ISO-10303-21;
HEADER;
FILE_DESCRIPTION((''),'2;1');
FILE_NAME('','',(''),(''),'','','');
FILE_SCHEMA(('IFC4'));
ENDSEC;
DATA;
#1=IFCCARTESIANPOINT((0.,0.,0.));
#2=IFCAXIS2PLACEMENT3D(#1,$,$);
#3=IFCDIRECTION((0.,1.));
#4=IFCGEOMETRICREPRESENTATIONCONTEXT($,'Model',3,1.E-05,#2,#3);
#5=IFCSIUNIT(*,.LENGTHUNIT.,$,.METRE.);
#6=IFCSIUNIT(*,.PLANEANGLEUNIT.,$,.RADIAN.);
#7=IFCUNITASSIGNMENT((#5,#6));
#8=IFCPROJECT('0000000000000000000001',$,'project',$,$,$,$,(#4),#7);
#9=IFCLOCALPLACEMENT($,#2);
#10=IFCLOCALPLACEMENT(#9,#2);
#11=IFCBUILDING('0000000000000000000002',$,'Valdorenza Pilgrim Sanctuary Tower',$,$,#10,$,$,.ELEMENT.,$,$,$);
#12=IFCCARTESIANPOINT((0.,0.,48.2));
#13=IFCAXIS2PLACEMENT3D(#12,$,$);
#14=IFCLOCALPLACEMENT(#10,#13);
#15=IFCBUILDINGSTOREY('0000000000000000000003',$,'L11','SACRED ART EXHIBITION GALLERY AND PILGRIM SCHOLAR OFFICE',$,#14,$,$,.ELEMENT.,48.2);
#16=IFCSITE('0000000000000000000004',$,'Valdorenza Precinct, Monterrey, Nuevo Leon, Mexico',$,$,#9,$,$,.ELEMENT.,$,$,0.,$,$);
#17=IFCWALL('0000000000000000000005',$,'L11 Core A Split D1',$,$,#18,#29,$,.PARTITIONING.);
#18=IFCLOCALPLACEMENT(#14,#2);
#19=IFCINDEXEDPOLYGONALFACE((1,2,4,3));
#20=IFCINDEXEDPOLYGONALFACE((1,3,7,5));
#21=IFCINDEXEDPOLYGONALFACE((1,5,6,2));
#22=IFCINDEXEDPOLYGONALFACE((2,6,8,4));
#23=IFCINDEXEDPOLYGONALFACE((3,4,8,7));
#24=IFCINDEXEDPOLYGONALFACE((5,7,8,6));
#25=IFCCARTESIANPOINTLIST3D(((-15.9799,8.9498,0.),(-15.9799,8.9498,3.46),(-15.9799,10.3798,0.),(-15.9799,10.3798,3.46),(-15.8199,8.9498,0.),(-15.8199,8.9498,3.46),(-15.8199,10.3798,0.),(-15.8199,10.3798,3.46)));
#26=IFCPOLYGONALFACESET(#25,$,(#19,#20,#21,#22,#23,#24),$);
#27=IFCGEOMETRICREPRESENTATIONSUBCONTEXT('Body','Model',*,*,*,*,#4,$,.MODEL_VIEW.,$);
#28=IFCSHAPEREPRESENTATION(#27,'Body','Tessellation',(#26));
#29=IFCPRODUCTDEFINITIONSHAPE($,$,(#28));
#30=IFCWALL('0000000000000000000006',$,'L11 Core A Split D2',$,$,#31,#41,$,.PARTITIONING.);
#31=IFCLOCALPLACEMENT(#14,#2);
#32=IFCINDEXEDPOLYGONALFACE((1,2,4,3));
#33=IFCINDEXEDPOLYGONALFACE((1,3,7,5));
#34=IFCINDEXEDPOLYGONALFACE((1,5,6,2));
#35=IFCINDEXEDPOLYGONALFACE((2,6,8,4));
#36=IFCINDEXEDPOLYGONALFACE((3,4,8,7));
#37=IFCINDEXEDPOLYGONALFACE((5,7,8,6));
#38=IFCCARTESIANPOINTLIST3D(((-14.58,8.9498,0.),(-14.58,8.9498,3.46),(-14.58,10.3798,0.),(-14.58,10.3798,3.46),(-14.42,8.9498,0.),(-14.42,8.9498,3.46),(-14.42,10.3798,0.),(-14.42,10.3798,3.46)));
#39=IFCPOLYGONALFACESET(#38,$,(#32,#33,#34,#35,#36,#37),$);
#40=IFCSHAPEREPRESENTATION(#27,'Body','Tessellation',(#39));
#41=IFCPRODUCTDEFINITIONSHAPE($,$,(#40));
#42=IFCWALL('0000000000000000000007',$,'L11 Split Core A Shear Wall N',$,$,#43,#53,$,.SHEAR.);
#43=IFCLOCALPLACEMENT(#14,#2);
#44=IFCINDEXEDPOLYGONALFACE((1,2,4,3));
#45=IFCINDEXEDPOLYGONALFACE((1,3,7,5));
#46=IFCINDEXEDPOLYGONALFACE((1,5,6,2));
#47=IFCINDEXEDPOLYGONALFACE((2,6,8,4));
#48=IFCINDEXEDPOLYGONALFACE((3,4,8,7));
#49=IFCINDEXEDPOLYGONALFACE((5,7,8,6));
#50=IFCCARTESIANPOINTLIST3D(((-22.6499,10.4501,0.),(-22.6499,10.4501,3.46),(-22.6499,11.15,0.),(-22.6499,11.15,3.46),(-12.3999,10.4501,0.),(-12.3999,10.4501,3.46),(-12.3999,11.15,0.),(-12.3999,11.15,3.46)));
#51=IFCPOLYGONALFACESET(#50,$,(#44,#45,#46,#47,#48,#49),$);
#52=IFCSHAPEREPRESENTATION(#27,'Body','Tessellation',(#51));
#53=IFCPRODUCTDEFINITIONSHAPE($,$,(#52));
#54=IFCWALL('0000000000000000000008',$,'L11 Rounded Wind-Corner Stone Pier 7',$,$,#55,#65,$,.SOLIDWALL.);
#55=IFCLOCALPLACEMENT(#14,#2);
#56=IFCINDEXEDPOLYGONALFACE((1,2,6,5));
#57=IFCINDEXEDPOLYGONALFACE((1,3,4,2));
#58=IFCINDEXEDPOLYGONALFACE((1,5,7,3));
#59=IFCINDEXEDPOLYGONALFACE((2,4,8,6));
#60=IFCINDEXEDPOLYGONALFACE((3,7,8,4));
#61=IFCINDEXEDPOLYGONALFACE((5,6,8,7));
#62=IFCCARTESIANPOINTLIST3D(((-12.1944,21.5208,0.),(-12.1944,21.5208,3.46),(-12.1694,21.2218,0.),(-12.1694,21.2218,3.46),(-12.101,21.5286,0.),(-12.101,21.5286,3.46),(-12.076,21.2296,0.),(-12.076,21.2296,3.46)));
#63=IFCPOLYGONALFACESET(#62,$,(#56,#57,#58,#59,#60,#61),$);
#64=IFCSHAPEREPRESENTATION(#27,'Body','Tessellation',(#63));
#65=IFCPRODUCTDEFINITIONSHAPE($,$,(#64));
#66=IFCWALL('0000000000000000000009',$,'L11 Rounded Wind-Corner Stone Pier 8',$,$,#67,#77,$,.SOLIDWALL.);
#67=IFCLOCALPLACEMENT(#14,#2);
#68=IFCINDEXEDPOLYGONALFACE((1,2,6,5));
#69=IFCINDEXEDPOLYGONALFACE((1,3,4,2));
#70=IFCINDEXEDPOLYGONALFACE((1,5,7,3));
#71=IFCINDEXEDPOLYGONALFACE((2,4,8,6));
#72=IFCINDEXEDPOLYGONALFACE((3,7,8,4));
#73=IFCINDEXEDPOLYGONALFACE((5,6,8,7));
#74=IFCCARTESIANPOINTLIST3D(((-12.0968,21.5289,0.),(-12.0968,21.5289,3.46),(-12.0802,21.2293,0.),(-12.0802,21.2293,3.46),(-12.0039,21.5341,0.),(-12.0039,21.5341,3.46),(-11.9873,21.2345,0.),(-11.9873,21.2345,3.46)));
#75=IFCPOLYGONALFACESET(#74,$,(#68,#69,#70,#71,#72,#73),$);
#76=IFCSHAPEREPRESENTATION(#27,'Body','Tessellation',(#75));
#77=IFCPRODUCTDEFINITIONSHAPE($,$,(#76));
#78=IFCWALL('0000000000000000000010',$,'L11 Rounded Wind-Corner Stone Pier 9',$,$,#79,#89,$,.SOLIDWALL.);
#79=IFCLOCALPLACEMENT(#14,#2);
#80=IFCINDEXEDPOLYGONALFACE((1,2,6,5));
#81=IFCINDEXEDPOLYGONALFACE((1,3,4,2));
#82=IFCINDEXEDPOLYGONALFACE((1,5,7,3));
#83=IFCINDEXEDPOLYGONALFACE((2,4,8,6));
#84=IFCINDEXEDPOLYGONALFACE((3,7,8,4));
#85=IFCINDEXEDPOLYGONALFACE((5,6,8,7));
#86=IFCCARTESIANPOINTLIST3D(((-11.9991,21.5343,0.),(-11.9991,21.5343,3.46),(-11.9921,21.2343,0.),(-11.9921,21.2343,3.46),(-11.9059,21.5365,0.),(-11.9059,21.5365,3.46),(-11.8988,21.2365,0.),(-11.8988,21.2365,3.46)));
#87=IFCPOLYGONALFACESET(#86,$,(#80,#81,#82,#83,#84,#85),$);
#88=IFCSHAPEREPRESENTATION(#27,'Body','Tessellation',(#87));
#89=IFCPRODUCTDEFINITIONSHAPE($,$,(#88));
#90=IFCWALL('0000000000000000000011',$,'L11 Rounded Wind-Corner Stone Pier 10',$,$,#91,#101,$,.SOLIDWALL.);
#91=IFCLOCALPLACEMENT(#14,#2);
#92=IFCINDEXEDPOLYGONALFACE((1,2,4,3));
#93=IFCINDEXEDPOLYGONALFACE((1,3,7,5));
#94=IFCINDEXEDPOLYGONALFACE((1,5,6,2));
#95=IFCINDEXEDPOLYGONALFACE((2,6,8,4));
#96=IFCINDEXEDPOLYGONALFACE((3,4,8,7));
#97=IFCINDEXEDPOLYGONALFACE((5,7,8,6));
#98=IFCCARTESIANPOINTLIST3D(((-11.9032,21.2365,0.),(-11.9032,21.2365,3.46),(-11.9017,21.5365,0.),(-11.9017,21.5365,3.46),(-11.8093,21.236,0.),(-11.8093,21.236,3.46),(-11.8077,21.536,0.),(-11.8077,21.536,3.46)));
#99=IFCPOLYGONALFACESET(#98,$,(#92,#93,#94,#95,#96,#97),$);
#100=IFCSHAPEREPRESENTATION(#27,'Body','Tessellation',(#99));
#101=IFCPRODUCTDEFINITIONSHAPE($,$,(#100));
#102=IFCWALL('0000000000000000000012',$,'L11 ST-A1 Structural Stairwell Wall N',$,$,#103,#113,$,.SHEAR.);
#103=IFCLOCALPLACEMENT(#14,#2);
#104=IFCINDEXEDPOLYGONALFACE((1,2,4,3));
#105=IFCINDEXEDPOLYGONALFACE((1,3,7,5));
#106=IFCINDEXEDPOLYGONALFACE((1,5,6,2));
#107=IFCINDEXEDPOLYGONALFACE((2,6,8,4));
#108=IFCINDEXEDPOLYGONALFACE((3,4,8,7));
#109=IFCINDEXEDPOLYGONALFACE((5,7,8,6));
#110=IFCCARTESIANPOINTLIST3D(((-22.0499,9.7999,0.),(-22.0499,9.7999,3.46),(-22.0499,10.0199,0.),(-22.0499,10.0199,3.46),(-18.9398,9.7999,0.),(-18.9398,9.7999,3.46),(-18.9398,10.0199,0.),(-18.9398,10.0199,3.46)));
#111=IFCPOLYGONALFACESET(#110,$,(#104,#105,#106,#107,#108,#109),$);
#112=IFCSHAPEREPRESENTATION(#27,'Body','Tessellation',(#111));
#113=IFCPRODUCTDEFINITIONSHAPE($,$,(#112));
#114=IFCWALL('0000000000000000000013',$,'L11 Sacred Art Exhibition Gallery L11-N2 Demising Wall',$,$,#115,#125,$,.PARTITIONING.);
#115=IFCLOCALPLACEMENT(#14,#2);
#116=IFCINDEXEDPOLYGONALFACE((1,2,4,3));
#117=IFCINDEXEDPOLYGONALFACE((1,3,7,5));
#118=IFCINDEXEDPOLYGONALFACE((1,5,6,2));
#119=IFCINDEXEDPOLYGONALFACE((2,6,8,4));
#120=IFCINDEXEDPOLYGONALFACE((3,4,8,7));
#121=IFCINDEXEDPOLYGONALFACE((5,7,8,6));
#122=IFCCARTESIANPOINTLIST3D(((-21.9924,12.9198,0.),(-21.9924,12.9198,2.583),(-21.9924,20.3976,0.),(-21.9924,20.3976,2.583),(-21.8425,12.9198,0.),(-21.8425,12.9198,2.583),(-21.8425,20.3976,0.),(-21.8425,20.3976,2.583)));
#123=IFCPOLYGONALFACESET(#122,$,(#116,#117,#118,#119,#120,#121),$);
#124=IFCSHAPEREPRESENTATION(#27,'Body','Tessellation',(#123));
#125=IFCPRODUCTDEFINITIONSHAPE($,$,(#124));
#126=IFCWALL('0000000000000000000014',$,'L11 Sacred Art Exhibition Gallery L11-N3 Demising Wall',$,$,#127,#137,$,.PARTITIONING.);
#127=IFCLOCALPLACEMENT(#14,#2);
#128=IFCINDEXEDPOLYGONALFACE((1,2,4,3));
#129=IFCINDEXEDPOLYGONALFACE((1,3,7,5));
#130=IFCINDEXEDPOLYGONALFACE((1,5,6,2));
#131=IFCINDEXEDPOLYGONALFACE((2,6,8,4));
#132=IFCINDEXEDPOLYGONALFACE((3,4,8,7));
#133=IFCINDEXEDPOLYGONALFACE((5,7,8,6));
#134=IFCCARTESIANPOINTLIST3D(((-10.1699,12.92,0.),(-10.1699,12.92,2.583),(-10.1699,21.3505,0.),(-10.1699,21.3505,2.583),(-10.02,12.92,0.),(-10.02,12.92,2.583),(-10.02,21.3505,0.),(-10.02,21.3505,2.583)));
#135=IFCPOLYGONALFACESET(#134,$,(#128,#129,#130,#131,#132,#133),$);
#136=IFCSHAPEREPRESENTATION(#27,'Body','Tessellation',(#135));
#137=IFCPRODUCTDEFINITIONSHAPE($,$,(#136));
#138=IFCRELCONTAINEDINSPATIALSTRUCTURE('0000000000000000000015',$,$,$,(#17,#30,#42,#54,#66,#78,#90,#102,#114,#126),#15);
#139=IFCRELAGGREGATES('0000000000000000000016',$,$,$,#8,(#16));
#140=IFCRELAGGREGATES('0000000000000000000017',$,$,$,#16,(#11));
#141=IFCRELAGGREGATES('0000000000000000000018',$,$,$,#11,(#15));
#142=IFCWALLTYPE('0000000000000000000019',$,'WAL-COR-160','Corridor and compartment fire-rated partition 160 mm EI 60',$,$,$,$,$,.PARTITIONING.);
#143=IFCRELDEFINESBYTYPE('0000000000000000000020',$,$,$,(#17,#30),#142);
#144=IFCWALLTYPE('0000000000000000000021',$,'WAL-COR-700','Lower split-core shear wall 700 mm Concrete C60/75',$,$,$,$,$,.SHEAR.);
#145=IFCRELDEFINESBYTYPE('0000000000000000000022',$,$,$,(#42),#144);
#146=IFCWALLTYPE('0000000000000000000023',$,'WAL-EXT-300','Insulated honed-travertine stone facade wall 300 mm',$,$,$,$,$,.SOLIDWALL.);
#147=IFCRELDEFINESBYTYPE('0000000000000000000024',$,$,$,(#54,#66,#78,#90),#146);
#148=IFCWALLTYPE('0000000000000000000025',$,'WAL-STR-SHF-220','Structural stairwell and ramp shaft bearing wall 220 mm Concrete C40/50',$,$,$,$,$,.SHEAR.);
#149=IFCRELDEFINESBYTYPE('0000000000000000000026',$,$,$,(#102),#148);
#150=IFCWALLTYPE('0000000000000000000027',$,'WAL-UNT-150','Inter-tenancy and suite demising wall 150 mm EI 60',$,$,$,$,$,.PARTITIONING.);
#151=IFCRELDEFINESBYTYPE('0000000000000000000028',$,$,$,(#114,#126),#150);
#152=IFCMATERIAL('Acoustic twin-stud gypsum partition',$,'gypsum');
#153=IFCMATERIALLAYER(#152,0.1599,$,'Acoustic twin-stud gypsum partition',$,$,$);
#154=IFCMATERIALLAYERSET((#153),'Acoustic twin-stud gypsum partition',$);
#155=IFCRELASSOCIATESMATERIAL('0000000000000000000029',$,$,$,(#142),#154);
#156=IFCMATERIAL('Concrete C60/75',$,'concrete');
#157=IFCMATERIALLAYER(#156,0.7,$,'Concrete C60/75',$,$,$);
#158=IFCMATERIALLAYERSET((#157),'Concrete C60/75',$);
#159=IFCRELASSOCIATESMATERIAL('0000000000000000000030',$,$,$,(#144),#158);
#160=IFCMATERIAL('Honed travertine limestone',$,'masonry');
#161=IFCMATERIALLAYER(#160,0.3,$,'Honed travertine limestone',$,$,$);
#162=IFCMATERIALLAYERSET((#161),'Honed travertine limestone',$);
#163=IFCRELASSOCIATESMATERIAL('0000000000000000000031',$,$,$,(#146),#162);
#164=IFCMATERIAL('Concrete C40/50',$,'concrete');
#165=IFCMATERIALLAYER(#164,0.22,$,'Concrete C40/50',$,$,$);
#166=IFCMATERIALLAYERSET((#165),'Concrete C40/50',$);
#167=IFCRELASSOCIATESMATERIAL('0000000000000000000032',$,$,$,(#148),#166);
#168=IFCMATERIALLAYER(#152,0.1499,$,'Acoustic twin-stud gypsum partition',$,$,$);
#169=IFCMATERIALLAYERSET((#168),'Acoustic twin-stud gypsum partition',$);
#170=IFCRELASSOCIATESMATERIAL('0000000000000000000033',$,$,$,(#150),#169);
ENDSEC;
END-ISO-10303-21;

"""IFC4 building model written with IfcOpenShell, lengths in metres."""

from ifc_helpers import new_model, si_unit, direction, frame, frame_2d, origin, place, context, subcontext, project, spatial, rectangle, extrude, material, layer, layer_set, type_object, element, save


model = new_model("IFC4")

# Units and contexts
model_context = context("Model", 3, precision=1e-05, world=origin(), true_north=direction((0.0, 1.0)))
body_context = subcontext(model_context, "Body", "Model", "MODEL_VIEW")
ifc_project = project(units=[si_unit("LENGTHUNIT", "METRE"), si_unit("PLANEANGLEUNIT", "RADIAN")], contexts=[model_context])

# Site, building, storey
site_placement = place(None, origin())
site = spatial("IfcSite", under=ifc_project, at=site_placement, Name="Valdorenza Precinct, Monterrey, Nuevo Leon, Mexico", CompositionType="ELEMENT", RefElevation=0.0)
building_placement = place(site_placement, origin())
building = spatial("IfcBuilding", under=site, at=building_placement, Name="Valdorenza Pilgrim Sanctuary Tower", CompositionType="ELEMENT")
storey_placement = place(building_placement, frame((0.0, 0.0, 48.2)))
storey = spatial("IfcBuildingStorey", under=building, at=storey_placement, Name="L11", Description="SACRED ART EXHIBITION GALLERY AND PILGRIM SCHOLAR OFFICE", CompositionType="ELEMENT", Elevation=48.2)

# Shared definitions
ifc_material_1 = material(Name="Concrete C60/75", Category="concrete")

# Shared definitions
ifc_material_2 = material(Name="Honed travertine limestone", Category="masonry")

# Walls
ifc_material_3 = material(Name="Acoustic twin-stud gypsum partition", Category="gypsum")
ifc_layer_1 = layer(ifc_material_3, 0.1599, Name="Acoustic twin-stud gypsum partition")
ifc_layer_set_1 = layer_set([ifc_layer_1], Name="Acoustic twin-stud gypsum partition")
wall_type_1 = type_object("IfcWallType", Name="WAL-COR-160", Description="Corridor and compartment fire-rated partition 160 mm EI 60", PredefinedType="PARTITIONING", material=ifc_layer_set_1)
for number, where, z_axis, x_axis, name in (
    (1, (-15.8999, 8.95, 0.0), (0.0, 0.0, 1.0), (0.0, 1.0, 0.0), "L11 Core A Split D1"),
    (2, (-14.5, 8.95, 0.0), (0.0, 0.0, 1.0), (0.0, 1.0, 0.0), "L11 Core A Split D2"),
):
    element("IfcWall", number, at=place(storey_placement, frame(where, z_axis=z_axis, x_axis=x_axis)), inside=storey, type_object=wall_type_1, Name=name, PredefinedType="PARTITIONING", context=body_context, shape_type="SweptSolid", body=[
        extrude(rectangle(XDim=1.4299, YDim=0.1599, at=frame_2d((0.7148, 0.0))), origin(), (0.0, 0.0, 1.0), 3.46),
    ])
ifc_layer_2 = layer(ifc_material_1, 0.7, Name="Concrete C60/75")
ifc_layer_set_2 = layer_set([ifc_layer_2], Name="Concrete C60/75")
wall_type_2 = type_object("IfcWallType", Name="WAL-COR-700", Description="Lower split-core shear wall 700 mm Concrete C60/75", PredefinedType="SHEAR", material=ifc_layer_set_2)
wall_1_placement = place(storey_placement, frame((-22.6499, 10.8, 0.0), z_axis=(0.0, 0.0, 1.0), x_axis=(1.0, 0.0, 0.0)))
element("IfcWall", 3, at=wall_1_placement, inside=storey, type_object=wall_type_2, Name="L11 Split Core A Shear Wall N", PredefinedType="SHEAR", context=body_context, shape_type="SweptSolid", body=[
    extrude(rectangle(XDim=10.25, YDim=0.7, at=frame_2d((5.125, 0.0))), origin(), (0.0, 0.0, 1.0), 3.46),
])
ifc_layer_3 = layer(ifc_material_2, 0.3, Name="Honed travertine limestone")
ifc_layer_set_3 = layer_set([ifc_layer_3], Name="Honed travertine limestone")
wall_type_3 = type_object("IfcWallType", Name="WAL-EXT-300", Description="Insulated honed-travertine stone facade wall 300 mm", PredefinedType="SOLIDWALL", material=ifc_layer_set_3)
wall_2_placement = place(storey_placement, frame((-12.1819, 21.3713, 0.0), z_axis=(0.0, 0.0, 1.0), x_axis=(0.996528, 0.083261, 0.0)))
element("IfcWall", 4, at=wall_2_placement, inside=storey, type_object=wall_type_3, Name="L11 Rounded Wind-Corner Stone Pier 7", PredefinedType="SOLIDWALL", context=body_context, shape_type="SweptSolid", body=[
    extrude(rectangle(XDim=0.0938, YDim=0.3, at=frame_2d((0.0469, 0.0))), origin(), (0.0, 0.0, 1.0), 3.46),
])
wall_3_placement = place(storey_placement, frame((-12.0884, 21.3792, 0.0), z_axis=(0.0, 0.0, 1.0), x_axis=(0.998476, 0.055179, 0.0)))
element("IfcWall", 5, at=wall_3_placement, inside=storey, type_object=wall_type_3, Name="L11 Rounded Wind-Corner Stone Pier 8", PredefinedType="SOLIDWALL", context=body_context, shape_type="SweptSolid", body=[
    extrude(rectangle(XDim=0.093, YDim=0.3, at=frame_2d((0.0464, 0.0))), origin(), (0.0, 0.0, 1.0), 3.46),
])
wall_4_placement = place(storey_placement, frame((-11.9956, 21.3843, 0.0), z_axis=(0.0, 0.0, 1.0), x_axis=(0.999723, 0.023554, 0.0)))
element("IfcWall", 6, at=wall_4_placement, inside=storey, type_object=wall_type_3, Name="L11 Rounded Wind-Corner Stone Pier 9", PredefinedType="SOLIDWALL", context=body_context, shape_type="SweptSolid", body=[
    extrude(rectangle(XDim=0.0933, YDim=0.3, at=frame_2d((0.0466, 0.0))), origin(), (0.0, 0.0, 1.0), 3.46),
])
wall_5_placement = place(storey_placement, frame((-11.9023, 21.3865, 0.0), z_axis=(0.0, 0.0, 1.0), x_axis=(0.999987, -0.005195, 0.0)))
element("IfcWall", 7, at=wall_5_placement, inside=storey, type_object=wall_type_3, Name="L11 Rounded Wind-Corner Stone Pier 10", PredefinedType="SOLIDWALL", context=body_context, shape_type="SweptSolid", body=[
    extrude(rectangle(XDim=0.094, YDim=0.3, at=frame_2d((0.0469, 0.0))), origin(), (0.0, 0.0, 1.0), 3.46),
])
ifc_material_4 = material(Name="Concrete C40/50", Category="concrete")
ifc_layer_4 = layer(ifc_material_4, 0.22, Name="Concrete C40/50")
ifc_layer_set_4 = layer_set([ifc_layer_4], Name="Concrete C40/50")
wall_type_4 = type_object("IfcWallType", Name="WAL-STR-SHF-220", Description="Structural stairwell and ramp shaft bearing wall 220 mm Concrete C40/50", PredefinedType="SHEAR", material=ifc_layer_set_4)
wall_6_placement = place(storey_placement, frame((-22.05, 9.9099, 0.0), z_axis=(0.0, 0.0, 1.0), x_axis=(1.0, 0.0, 0.0)))
element("IfcWall", 8, at=wall_6_placement, inside=storey, type_object=wall_type_4, Name="L11 ST-A1 Structural Stairwell Wall N", PredefinedType="SHEAR", context=body_context, shape_type="SweptSolid", body=[
    extrude(rectangle(XDim=3.1101, YDim=0.22, at=frame_2d((1.5552, 0.0))), origin(), (0.0, 0.0, 1.0), 3.46),
])
ifc_layer_5 = layer(ifc_material_3, 0.1499, Name="Acoustic twin-stud gypsum partition")
ifc_layer_set_5 = layer_set([ifc_layer_5], Name="Acoustic twin-stud gypsum partition")
wall_type_5 = type_object("IfcWallType", Name="WAL-UNT-150", Description="Inter-tenancy and suite demising wall 150 mm EI 60", PredefinedType="PARTITIONING", material=ifc_layer_set_5)
wall_7_placement = place(storey_placement, frame((-21.9175, 12.9199, 0.0), z_axis=(0.0, 0.0, 1.0), x_axis=(0.0, 1.0, 0.0)))
element("IfcWall", 9, at=wall_7_placement, inside=storey, type_object=wall_type_5, Name="L11 Sacred Art Exhibition Gallery L11-N2 Demising Wall", PredefinedType="PARTITIONING", context=body_context, shape_type="SweptSolid", body=[
    extrude(rectangle(XDim=7.4778, YDim=0.1499, at=frame_2d((3.7388, 0.0))), origin(), (0.0, 0.0, 1.0), 2.583),
])
wall_8_placement = place(storey_placement, frame((-10.095, 12.9199, 0.0), z_axis=(0.0, 0.0, 1.0), x_axis=(0.0, 1.0, 0.0)))
element("IfcWall", 10, at=wall_8_placement, inside=storey, type_object=wall_type_5, Name="L11 Sacred Art Exhibition Gallery L11-N3 Demising Wall", PredefinedType="PARTITIONING", context=body_context, shape_type="SweptSolid", body=[
    extrude(rectangle(XDim=8.4304, YDim=0.1499, at=frame_2d((4.2153, 0.0))), origin(), (0.0, 0.0, 1.0), 2.583),
])

save(model, "model.ifc")
